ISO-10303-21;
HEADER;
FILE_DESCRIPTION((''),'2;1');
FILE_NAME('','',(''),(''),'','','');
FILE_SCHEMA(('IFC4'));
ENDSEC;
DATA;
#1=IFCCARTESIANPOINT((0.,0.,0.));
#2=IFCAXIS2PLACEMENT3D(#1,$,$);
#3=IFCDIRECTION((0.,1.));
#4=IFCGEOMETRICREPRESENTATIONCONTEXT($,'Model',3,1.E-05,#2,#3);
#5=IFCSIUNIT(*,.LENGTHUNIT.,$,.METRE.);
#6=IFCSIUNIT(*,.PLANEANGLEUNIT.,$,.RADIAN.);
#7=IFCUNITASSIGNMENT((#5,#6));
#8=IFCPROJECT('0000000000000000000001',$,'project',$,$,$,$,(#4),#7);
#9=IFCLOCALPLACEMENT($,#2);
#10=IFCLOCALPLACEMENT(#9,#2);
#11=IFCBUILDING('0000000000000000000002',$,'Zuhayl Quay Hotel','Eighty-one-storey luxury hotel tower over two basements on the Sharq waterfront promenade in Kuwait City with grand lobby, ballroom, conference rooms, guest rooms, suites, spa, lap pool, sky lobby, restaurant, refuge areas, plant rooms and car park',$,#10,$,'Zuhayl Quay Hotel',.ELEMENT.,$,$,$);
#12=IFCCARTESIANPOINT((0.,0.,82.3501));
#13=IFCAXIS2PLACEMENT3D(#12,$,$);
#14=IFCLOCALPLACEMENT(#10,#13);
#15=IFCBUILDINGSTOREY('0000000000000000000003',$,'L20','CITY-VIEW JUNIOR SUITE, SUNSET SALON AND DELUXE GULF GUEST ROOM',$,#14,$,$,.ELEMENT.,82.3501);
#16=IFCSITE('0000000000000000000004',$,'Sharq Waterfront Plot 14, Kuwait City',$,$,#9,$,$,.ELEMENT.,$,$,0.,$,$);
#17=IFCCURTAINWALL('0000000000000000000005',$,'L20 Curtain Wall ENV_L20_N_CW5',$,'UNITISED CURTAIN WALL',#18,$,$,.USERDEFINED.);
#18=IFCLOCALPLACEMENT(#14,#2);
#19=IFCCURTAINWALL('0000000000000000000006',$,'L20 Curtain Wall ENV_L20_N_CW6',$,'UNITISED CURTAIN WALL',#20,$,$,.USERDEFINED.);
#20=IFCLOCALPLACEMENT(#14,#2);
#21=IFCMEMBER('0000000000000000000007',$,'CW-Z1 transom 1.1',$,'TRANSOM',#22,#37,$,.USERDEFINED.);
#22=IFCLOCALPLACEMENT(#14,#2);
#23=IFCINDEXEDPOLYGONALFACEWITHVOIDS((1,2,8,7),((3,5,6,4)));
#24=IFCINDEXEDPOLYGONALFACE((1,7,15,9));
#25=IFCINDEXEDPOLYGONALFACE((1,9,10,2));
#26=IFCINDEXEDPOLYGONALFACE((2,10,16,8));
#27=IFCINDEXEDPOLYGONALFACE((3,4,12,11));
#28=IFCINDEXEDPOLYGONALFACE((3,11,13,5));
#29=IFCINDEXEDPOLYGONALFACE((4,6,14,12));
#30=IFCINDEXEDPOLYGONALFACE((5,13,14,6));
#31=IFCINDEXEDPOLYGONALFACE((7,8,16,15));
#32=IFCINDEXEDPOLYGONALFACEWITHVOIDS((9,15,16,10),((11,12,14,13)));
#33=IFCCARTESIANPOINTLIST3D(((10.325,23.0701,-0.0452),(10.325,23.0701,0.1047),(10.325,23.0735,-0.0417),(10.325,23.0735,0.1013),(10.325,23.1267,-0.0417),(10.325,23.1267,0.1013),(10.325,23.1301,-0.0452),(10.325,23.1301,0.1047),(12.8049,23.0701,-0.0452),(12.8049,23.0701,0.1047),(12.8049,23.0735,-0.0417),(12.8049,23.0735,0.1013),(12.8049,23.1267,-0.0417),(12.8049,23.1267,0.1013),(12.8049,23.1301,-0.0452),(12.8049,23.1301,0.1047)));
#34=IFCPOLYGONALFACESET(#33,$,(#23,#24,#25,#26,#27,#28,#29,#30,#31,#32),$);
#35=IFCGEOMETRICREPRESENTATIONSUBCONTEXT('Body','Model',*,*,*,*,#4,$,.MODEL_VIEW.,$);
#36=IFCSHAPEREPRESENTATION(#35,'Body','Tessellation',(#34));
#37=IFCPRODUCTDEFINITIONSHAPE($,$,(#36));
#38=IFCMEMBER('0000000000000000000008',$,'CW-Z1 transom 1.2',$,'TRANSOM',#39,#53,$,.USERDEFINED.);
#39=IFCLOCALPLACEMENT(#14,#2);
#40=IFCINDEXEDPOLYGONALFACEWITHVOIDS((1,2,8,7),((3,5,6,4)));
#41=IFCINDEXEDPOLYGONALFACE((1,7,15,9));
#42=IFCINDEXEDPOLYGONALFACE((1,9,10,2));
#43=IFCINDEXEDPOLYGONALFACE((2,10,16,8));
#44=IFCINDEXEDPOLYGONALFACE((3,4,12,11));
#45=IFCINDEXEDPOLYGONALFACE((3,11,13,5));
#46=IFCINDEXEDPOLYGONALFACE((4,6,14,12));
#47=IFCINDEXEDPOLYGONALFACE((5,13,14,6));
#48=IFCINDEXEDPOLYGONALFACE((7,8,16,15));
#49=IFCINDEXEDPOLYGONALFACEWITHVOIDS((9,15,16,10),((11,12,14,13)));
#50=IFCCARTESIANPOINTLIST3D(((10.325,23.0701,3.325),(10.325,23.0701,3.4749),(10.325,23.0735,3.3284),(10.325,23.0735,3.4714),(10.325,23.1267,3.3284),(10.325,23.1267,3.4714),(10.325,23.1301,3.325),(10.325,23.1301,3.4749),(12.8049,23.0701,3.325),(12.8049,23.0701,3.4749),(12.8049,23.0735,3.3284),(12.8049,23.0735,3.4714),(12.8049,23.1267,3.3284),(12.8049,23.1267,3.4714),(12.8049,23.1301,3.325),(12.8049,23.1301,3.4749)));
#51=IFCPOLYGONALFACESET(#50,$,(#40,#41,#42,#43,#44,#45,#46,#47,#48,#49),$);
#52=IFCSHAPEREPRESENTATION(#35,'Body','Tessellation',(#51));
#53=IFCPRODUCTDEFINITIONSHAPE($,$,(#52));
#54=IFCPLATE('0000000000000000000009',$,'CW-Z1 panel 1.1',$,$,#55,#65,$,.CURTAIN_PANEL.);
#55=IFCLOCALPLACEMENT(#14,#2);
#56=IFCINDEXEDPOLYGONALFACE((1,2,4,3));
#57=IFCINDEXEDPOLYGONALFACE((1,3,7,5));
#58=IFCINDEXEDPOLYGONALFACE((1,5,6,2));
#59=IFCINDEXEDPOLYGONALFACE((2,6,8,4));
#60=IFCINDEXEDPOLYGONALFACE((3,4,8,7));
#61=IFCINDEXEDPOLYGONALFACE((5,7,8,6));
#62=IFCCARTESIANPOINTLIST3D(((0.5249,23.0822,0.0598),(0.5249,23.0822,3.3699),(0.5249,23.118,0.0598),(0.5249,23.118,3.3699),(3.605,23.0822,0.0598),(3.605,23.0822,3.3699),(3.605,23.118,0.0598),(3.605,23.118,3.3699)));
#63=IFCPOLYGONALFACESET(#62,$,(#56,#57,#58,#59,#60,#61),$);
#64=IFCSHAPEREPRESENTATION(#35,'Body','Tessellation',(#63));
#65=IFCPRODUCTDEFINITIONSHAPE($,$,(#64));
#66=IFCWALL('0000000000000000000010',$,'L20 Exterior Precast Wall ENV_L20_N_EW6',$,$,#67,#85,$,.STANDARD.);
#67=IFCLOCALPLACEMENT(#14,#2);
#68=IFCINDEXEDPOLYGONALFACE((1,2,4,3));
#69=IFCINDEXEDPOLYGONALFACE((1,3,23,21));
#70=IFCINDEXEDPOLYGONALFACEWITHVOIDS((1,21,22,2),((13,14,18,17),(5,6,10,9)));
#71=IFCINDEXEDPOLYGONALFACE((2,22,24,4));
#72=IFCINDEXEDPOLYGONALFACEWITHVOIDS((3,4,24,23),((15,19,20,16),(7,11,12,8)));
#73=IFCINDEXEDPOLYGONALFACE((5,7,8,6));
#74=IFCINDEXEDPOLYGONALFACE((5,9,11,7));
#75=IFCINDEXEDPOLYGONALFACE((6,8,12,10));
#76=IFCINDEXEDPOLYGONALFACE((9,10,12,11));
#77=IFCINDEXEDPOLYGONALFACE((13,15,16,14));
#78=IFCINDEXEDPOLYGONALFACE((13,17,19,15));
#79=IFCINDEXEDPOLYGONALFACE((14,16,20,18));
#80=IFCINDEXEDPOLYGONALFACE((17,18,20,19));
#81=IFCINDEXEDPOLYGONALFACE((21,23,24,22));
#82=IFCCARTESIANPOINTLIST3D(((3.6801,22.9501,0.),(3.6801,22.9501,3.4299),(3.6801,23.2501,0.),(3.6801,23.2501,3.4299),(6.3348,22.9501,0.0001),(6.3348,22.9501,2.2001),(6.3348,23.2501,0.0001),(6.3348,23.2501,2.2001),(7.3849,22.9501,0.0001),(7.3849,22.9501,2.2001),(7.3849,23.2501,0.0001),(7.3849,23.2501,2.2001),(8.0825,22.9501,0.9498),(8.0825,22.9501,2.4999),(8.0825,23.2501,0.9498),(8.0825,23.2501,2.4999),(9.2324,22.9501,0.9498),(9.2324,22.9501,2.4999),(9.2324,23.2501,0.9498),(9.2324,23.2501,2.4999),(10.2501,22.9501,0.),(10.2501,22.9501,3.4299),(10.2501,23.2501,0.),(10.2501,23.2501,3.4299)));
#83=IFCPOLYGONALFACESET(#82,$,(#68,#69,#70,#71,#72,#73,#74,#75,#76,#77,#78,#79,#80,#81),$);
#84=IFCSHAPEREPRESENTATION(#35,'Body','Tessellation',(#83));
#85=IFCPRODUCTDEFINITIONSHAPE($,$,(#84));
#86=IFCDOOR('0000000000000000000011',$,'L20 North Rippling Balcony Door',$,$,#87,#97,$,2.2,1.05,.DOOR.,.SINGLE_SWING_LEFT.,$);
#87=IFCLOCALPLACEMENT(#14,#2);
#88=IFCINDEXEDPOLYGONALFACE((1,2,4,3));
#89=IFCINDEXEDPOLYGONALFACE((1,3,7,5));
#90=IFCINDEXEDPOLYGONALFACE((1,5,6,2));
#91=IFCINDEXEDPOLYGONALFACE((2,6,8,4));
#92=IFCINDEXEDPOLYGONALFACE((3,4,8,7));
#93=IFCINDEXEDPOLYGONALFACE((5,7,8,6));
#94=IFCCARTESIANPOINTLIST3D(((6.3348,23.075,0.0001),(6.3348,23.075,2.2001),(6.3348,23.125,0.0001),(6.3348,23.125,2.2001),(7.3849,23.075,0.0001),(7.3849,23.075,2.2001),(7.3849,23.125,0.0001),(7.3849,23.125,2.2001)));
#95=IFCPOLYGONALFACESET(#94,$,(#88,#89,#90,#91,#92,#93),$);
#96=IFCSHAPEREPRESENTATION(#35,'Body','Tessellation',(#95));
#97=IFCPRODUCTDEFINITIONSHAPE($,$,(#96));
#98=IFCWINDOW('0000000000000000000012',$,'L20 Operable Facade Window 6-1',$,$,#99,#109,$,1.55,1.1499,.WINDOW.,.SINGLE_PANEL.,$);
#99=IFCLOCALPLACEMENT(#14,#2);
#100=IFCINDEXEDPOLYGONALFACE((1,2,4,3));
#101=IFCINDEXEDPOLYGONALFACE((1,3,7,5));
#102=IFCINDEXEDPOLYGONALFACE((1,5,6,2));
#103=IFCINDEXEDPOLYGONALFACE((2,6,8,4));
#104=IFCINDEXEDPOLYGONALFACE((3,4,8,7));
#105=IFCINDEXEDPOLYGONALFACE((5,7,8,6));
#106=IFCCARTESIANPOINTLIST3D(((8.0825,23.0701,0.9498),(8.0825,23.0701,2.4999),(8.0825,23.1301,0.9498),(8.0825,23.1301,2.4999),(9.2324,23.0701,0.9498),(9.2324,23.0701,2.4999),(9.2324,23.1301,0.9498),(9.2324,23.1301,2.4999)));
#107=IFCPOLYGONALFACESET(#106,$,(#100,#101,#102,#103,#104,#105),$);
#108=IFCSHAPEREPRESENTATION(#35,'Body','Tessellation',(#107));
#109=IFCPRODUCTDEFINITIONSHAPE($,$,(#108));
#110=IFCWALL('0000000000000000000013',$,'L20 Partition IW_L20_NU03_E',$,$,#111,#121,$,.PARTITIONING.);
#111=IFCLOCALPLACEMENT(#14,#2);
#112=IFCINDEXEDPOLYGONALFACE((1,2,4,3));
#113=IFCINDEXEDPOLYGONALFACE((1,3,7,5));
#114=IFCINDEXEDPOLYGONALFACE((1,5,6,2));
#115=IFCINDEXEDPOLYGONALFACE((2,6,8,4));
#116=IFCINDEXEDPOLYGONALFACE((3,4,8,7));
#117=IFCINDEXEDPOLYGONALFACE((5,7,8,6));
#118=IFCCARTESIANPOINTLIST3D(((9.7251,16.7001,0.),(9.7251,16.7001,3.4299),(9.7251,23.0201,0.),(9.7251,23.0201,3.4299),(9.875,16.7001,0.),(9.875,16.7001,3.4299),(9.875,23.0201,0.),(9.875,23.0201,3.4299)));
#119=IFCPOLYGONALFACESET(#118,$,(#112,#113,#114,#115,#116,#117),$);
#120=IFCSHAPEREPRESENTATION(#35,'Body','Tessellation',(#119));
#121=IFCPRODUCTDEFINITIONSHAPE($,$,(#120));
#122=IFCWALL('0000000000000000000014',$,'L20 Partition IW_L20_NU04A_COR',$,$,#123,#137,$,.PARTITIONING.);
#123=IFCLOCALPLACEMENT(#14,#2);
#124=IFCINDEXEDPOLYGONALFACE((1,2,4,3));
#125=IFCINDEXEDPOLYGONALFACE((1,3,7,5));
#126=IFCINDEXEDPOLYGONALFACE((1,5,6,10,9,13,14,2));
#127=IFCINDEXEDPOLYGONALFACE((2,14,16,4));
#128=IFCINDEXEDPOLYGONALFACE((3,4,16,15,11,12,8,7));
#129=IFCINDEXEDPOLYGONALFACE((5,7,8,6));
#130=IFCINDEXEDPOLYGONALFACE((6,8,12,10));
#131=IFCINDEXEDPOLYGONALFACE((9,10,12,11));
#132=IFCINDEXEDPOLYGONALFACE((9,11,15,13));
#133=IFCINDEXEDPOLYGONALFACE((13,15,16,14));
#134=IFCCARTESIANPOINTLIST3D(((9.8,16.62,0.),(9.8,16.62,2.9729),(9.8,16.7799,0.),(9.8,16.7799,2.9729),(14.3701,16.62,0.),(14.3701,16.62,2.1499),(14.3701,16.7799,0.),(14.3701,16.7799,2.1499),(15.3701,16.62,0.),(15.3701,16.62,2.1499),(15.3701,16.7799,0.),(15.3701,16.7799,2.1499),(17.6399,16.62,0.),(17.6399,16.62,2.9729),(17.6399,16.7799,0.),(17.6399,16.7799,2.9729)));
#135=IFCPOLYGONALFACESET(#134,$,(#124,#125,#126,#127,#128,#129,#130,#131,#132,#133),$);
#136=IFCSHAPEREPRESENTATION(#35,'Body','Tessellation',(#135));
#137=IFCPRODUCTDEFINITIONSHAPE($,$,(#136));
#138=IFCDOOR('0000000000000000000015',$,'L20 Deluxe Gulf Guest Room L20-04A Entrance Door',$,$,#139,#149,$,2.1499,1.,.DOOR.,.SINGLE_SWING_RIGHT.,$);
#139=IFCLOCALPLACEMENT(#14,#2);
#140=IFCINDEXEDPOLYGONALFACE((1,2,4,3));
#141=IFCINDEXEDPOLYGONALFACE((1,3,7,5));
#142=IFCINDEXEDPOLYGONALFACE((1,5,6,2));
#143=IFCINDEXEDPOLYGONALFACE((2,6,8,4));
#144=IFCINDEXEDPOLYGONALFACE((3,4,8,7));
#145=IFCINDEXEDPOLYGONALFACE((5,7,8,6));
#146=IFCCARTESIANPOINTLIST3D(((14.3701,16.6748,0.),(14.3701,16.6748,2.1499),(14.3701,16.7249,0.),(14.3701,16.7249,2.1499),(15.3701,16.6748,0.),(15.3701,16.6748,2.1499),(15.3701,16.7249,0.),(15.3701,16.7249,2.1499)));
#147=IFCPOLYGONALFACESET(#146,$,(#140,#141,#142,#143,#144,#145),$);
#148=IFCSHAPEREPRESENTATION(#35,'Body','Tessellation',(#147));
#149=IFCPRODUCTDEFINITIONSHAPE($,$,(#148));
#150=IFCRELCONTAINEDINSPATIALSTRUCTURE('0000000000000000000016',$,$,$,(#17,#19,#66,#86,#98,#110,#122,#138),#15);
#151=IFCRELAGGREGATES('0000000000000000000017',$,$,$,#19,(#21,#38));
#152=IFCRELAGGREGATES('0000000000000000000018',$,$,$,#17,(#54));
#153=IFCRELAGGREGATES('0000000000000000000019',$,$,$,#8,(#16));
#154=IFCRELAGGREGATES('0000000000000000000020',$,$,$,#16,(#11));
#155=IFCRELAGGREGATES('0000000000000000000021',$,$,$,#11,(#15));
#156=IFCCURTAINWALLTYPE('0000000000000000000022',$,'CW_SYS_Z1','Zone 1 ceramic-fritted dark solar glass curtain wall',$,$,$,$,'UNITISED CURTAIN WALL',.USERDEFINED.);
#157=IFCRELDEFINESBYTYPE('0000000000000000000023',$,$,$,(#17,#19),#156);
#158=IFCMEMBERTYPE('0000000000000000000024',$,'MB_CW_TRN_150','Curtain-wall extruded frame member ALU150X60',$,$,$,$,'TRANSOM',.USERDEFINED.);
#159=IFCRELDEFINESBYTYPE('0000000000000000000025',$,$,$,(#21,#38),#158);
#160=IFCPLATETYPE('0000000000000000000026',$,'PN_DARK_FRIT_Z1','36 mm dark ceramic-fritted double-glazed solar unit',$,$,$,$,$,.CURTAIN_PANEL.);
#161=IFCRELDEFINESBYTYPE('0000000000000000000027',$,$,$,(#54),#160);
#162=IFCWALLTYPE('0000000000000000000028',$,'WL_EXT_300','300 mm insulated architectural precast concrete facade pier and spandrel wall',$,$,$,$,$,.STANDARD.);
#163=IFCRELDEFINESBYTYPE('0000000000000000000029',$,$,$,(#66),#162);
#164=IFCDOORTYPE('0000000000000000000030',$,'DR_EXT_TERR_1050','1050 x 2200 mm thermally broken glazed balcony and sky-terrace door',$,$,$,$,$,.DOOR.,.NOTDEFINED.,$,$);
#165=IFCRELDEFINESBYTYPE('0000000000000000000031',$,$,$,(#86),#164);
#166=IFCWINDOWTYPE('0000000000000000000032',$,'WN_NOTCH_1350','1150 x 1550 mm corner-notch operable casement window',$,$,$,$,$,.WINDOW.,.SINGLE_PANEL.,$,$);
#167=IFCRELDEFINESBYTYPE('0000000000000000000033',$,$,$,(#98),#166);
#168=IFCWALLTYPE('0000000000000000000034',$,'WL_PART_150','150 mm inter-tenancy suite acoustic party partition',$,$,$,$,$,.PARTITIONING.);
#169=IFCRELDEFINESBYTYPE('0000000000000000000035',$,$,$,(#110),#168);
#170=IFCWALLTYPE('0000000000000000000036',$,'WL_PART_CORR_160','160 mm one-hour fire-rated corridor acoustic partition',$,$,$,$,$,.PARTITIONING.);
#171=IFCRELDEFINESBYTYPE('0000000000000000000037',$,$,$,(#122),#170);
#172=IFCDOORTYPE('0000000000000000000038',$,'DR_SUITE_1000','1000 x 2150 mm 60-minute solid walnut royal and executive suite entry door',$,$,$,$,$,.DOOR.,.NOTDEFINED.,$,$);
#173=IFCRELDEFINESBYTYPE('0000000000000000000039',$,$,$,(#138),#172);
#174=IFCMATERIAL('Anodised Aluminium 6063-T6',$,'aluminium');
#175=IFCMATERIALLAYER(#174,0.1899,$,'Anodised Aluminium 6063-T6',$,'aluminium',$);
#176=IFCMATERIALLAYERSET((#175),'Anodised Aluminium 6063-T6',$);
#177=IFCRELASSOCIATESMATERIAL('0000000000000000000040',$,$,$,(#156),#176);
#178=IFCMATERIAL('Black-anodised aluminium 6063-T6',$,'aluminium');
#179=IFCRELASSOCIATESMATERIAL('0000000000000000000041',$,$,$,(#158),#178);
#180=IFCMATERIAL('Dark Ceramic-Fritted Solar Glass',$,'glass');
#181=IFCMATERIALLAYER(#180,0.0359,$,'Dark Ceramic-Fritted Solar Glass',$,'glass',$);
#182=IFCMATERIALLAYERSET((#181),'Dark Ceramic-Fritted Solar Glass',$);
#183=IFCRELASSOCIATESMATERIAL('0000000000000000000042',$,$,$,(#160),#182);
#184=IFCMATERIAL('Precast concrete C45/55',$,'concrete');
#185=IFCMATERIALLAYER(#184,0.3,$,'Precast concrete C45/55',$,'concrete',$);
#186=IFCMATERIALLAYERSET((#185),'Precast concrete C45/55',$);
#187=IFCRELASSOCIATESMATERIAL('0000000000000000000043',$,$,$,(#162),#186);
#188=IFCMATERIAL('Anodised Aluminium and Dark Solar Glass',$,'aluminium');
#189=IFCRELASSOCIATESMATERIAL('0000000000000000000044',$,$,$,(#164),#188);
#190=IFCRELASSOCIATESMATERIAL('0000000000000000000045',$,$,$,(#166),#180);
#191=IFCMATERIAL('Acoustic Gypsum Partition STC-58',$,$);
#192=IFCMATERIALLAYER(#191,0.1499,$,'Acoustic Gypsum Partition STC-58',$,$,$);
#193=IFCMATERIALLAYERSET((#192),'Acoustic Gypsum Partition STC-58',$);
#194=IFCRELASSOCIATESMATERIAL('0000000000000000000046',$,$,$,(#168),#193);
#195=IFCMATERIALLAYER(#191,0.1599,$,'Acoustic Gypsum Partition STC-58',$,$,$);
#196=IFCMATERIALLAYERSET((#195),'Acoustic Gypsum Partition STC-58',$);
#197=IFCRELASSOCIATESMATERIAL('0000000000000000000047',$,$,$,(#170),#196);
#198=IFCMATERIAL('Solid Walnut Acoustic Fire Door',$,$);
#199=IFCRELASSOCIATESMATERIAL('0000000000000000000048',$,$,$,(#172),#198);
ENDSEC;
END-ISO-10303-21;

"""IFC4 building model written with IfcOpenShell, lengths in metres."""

from ifc_helpers import new_model, si_unit, direction, frame, frame_2d, origin, origin_2d, place, context, subcontext, project, spatial, rectangle, hollow_rectangle, extrude, material, layer, layer_set, material_profile, profile_set, type_object, element, fill, aggregate, save


model = new_model("IFC4")

# Units and contexts
model_context = context("Model", 3, precision=1e-05, world=origin(), true_north=direction((0.0, 1.0)))
body_context = subcontext(model_context, "Body", "Model", "MODEL_VIEW")
ifc_project = project(units=[si_unit("LENGTHUNIT", "METRE"), si_unit("PLANEANGLEUNIT", "RADIAN")], contexts=[model_context])

# Site, building, storey
site_placement = place(None, origin())
site = spatial("IfcSite", under=ifc_project, at=site_placement, Name="Sharq Waterfront Plot 14, Kuwait City", CompositionType="ELEMENT", RefElevation=0.0)
building_placement = place(site_placement, origin())
building = spatial("IfcBuilding", under=site, at=building_placement, Name="Zuhayl Quay Hotel", Description="Eighty-one-storey luxury hotel tower over two basements on the Sharq waterfront promenade in Kuwait City with grand lobby, ballroom, conference rooms, guest rooms, suites, spa, lap pool, sky lobby, restaurant, refuge areas, plant rooms and car park", LongName="Zuhayl Quay Hotel", CompositionType="ELEMENT")
storey_placement = place(building_placement, frame((0.0, 0.0, 82.3501)))
storey = spatial("IfcBuildingStorey", under=building, at=storey_placement, Name="L20", Description="CITY-VIEW JUNIOR SUITE, SUNSET SALON AND DELUXE GULF GUEST ROOM", CompositionType="ELEMENT", Elevation=82.3501)

# Curtain wall
ifc_material_1 = material(Name="Anodised Aluminium 6063-T6", Category="aluminium")
ifc_layer_1 = layer(ifc_material_1, 0.1899, Name="Anodised Aluminium 6063-T6", Category="aluminium")
ifc_layer_set_1 = layer_set([ifc_layer_1], Name="Anodised Aluminium 6063-T6")
curtain_wall_type = type_object("IfcCurtainWallType", Name="CW_SYS_Z1", Description="Zone 1 ceramic-fritted dark solar glass curtain wall", ElementType="UNITISED CURTAIN WALL", PredefinedType="USERDEFINED", material=ifc_layer_set_1)
curtain_wall_1_placement = place(storey_placement, origin())
curtain_wall_1 = element("IfcCurtainWall", 1, at=curtain_wall_1_placement, inside=storey, type_object=curtain_wall_type, Name="L20 Curtain Wall ENV_L20_N_CW5", ObjectType="UNITISED CURTAIN WALL", PredefinedType="USERDEFINED")
ifc_material_2 = material(Name="Black-anodised aluminium 6063-T6", Category="aluminium")

# Curtain wall
curtain_wall_2_placement = place(storey_placement, origin())
curtain_wall_2 = element("IfcCurtainWall", 2, at=curtain_wall_2_placement, inside=storey, type_object=curtain_wall_type, Name="L20 Curtain Wall ENV_L20_N_CW6", ObjectType="UNITISED CURTAIN WALL", PredefinedType="USERDEFINED")

# Members
ifc_material_profile_1 = material_profile(ifc_material_2, hollow_rectangle(XDim=0.0601, YDim=0.1499, WallThickness=0.0034, at=origin_2d()), Name="ALU150X60")
ifc_profile_set_1 = profile_set([ifc_material_profile_1], Name="Black-anodised aluminium 6063-T6")
member_type_1 = type_object("IfcMemberType", Name="MB_CW_TRN_150", Description="Curtain-wall extruded frame member ALU150X60", ElementType="TRANSOM", PredefinedType="USERDEFINED", material=ifc_profile_set_1)
member_1_placement = place(storey_placement, frame((10.325, 23.1001, 0.0298), z_axis=(1.0, 0.0, 0.0), x_axis=(0.0, 1.0, 0.0)))
member_1 = element("IfcMember", 3, at=member_1_placement, type_object=member_type_1, Name="CW-Z1 transom 1.1", ObjectType="TRANSOM", PredefinedType="USERDEFINED", context=body_context, shape_type="SweptSolid", body=[
    extrude(hollow_rectangle(XDim=0.0601, YDim=0.1499, WallThickness=0.0034, at=origin_2d()), origin(), (0.0, 0.0, 1.0), 2.48),
])
member_2_placement = place(storey_placement, frame((10.325, 23.1001, 3.3999), z_axis=(1.0, 0.0, 0.0), x_axis=(0.0, 1.0, 0.0)))
member_2 = element("IfcMember", 4, at=member_2_placement, type_object=member_type_1, Name="CW-Z1 transom 1.2", ObjectType="TRANSOM", PredefinedType="USERDEFINED", context=body_context, shape_type="SweptSolid", body=[
    extrude(hollow_rectangle(XDim=0.0601, YDim=0.1499, WallThickness=0.0034, at=origin_2d()), origin(), (0.0, 0.0, 1.0), 2.48),
])
aggregate(curtain_wall_2, [member_1, member_2])

# Plate
ifc_material_3 = material(Name="Dark Ceramic-Fritted Solar Glass", Category="glass")
ifc_layer_2 = layer(ifc_material_3, 0.0359, Name="Dark Ceramic-Fritted Solar Glass", Category="glass")
ifc_layer_set_2 = layer_set([ifc_layer_2], Name="Dark Ceramic-Fritted Solar Glass")
plate_type = type_object("IfcPlateType", Name="PN_DARK_FRIT_Z1", Description="36 mm dark ceramic-fritted double-glazed solar unit", PredefinedType="CURTAIN_PANEL", material=ifc_layer_set_2)
plate_placement = place(storey_placement, frame((2.0649, 23.1001, 0.0598), z_axis=(0.0, 0.0, 1.0), x_axis=(1.0, 0.0, 0.0)))
plate = element("IfcPlate", 5, at=plate_placement, type_object=plate_type, Name="CW-Z1 panel 1.1", PredefinedType="CURTAIN_PANEL", context=body_context, shape_type="SweptSolid", body=[
    extrude(rectangle(XDim=3.0801, YDim=0.0359, at=origin_2d()), origin(), (0.0, 0.0, 1.0), 3.3101),
])
aggregate(curtain_wall_1, [plate])

# Wall, openings, door, window
ifc_material_4 = material(Name="Precast concrete C45/55", Category="concrete")
ifc_layer_3 = layer(ifc_material_4, 0.3, Name="Precast concrete C45/55", Category="concrete")
ifc_layer_set_3 = layer_set([ifc_layer_3], Name="Precast concrete C45/55")
wall_type_1 = type_object("IfcWallType", Name="WL_EXT_300", Description="300 mm insulated architectural precast concrete facade pier and spandrel wall", PredefinedType="STANDARD", material=ifc_layer_set_3)
wall_1_placement = place(storey_placement, frame((3.6799, 23.1001, 0.0), z_axis=(0.0, 0.0, 1.0), x_axis=(1.0, 0.0, 0.0)))
wall_1 = element("IfcWall", 6, at=wall_1_placement, inside=storey, type_object=wall_type_1, Name="L20 Exterior Precast Wall ENV_L20_N_EW6", PredefinedType="STANDARD", context=body_context, shape_type="SweptSolid", body=[
    extrude(rectangle(XDim=6.5701, YDim=0.3, at=frame_2d((3.2852, 0.0))), origin(), (0.0, 0.0, 1.0), 3.4299),
])
opening_1_placement = place(wall_1_placement, frame((2.655, 0.0, 0.0)))
opening_1 = element("IfcOpeningElement", 7, at=opening_1_placement, cuts=wall_1, PredefinedType="OPENING", context=body_context, shape_type="SweptSolid", body=[
    extrude(rectangle(XDim=1.05, YDim=2.2, at=frame_2d((0.5249, 1.1001))), frame((0.0, 0.1599, 0.0), z_axis=(0.0, -1.0, 0.0), x_axis=(1.0, 0.0, 0.0)), (0.0, 0.0, 1.0), 0.3201),
])
opening_2_placement = place(wall_1_placement, frame((4.4026, 0.0, 0.95)))
opening_2 = element("IfcOpeningElement", 8, at=opening_2_placement, cuts=wall_1, PredefinedType="OPENING", context=body_context, shape_type="SweptSolid", body=[
    extrude(rectangle(XDim=1.1499, YDim=1.55, at=frame_2d((0.575, 0.7749))), frame((0.0, 0.1599, 0.0), z_axis=(0.0, -1.0, 0.0), x_axis=(1.0, 0.0, 0.0)), (0.0, 0.0, 1.0), 0.3201),
])
ifc_material_5 = material(Name="Anodised Aluminium and Dark Solar Glass", Category="aluminium")
door_type_1 = type_object("IfcDoorType", Name="DR_EXT_TERR_1050", Description="1050 x 2200 mm thermally broken glazed balcony and sky-terrace door", OperationType="NOTDEFINED", PredefinedType="DOOR", material=ifc_material_5)
door_1_placement = place(opening_1_placement, origin())
door_1 = element("IfcDoor", 9, at=door_1_placement, inside=storey, type_object=door_type_1, Name="L20 North Rippling Balcony Door", OperationType="SINGLE_SWING_LEFT", OverallHeight=2.2, OverallWidth=1.05, PredefinedType="DOOR", context=body_context, shape_type="SweptSolid", body=[
    extrude(rectangle(XDim=1.05, YDim=2.2, at=frame_2d((0.5249, 1.1001))), frame((0.0, 0.0249, 0.0), z_axis=(0.0, -1.0, 0.0), x_axis=(1.0, 0.0, 0.0)), (0.0, 0.0, 1.0), 0.05),
])
fill(opening_1, door_1)
window_type = type_object("IfcWindowType", Name="WN_NOTCH_1350", Description="1150 x 1550 mm corner-notch operable casement window", PartitioningType="SINGLE_PANEL", PredefinedType="WINDOW", material=ifc_material_3)
window_placement = place(opening_2_placement, origin())
window = element("IfcWindow", 10, at=window_placement, inside=storey, type_object=window_type, Name="L20 Operable Facade Window 6-1", OverallHeight=1.55, OverallWidth=1.1499, PartitioningType="SINGLE_PANEL", PredefinedType="WINDOW", context=body_context, shape_type="SweptSolid", body=[
    extrude(rectangle(XDim=1.1499, YDim=1.55, at=frame_2d((0.575, 0.7749))), frame((0.0, 0.03, 0.0), z_axis=(0.0, -1.0, 0.0), x_axis=(1.0, 0.0, 0.0)), (0.0, 0.0, 1.0), 0.0601),
])
fill(opening_2, window)

# Wall
ifc_material_6 = material(Name="Acoustic Gypsum Partition STC-58")
ifc_layer_4 = layer(ifc_material_6, 0.1499, Name="Acoustic Gypsum Partition STC-58")
ifc_layer_set_4 = layer_set([ifc_layer_4], Name="Acoustic Gypsum Partition STC-58")
wall_type_2 = type_object("IfcWallType", Name="WL_PART_150", Description="150 mm inter-tenancy suite acoustic party partition", PredefinedType="PARTITIONING", material=ifc_layer_set_4)
wall_2_placement = place(storey_placement, frame((9.8, 16.7, 0.0), z_axis=(0.0, 0.0, 1.0), x_axis=(0.0, 1.0, 0.0)))
element("IfcWall", 11, at=wall_2_placement, inside=storey, type_object=wall_type_2, Name="L20 Partition IW_L20_NU03_E", PredefinedType="PARTITIONING", context=body_context, shape_type="SweptSolid", body=[
    extrude(rectangle(XDim=6.3201, YDim=0.1499, at=frame_2d((3.1602, 0.0))), origin(), (0.0, 0.0, 1.0), 3.4299),
])

# Wall, opening, door
ifc_layer_5 = layer(ifc_material_6, 0.1599, Name="Acoustic Gypsum Partition STC-58")
ifc_layer_set_5 = layer_set([ifc_layer_5], Name="Acoustic Gypsum Partition STC-58")
wall_type_3 = type_object("IfcWallType", Name="WL_PART_CORR_160", Description="160 mm one-hour fire-rated corridor acoustic partition", PredefinedType="PARTITIONING", material=ifc_layer_set_5)
wall_3_placement = place(storey_placement, frame((9.8, 16.7, 0.0), z_axis=(0.0, 0.0, 1.0), x_axis=(1.0, 0.0, 0.0)))
wall_3 = element("IfcWall", 12, at=wall_3_placement, inside=storey, type_object=wall_type_3, Name="L20 Partition IW_L20_NU04A_COR", PredefinedType="PARTITIONING", context=body_context, shape_type="SweptSolid", body=[
    extrude(rectangle(XDim=7.8398, YDim=0.1599, at=frame_2d((3.9199, 0.0))), origin(), (0.0, 0.0, 1.0), 2.9729),
])
opening_3_placement = place(wall_3_placement, frame((4.5701, 0.0, 0.0)))
opening_3 = element("IfcOpeningElement", 13, at=opening_3_placement, cuts=wall_3, PredefinedType="OPENING", context=body_context, shape_type="SweptSolid", body=[
    extrude(rectangle(XDim=1.0, YDim=2.1499, at=frame_2d((0.5, 1.075))), frame((0.0, 0.0898, 0.0), z_axis=(0.0, -1.0, 0.0), x_axis=(1.0, 0.0, 0.0)), (0.0, 0.0, 1.0), 0.1799),
])
ifc_material_7 = material(Name="Solid Walnut Acoustic Fire Door")
door_type_2 = type_object("IfcDoorType", Name="DR_SUITE_1000", Description="1000 x 2150 mm 60-minute solid walnut royal and executive suite entry door", OperationType="NOTDEFINED", PredefinedType="DOOR", material=ifc_material_7)
door_2_placement = place(opening_3_placement, origin())
door_2 = element("IfcDoor", 14, at=door_2_placement, inside=storey, type_object=door_type_2, Name="L20 Deluxe Gulf Guest Room L20-04A Entrance Door", OperationType="SINGLE_SWING_RIGHT", OverallHeight=2.1499, OverallWidth=1.0, PredefinedType="DOOR", context=body_context, shape_type="SweptSolid", body=[
    extrude(rectangle(XDim=1.0, YDim=2.1499, at=frame_2d((0.5, 1.075))), frame((0.0, 0.0249, 0.0), z_axis=(0.0, -1.0, 0.0), x_axis=(1.0, 0.0, 0.0)), (0.0, 0.0, 1.0), 0.05),
])
fill(opening_3, door_2)

save(model, "model.ifc")
